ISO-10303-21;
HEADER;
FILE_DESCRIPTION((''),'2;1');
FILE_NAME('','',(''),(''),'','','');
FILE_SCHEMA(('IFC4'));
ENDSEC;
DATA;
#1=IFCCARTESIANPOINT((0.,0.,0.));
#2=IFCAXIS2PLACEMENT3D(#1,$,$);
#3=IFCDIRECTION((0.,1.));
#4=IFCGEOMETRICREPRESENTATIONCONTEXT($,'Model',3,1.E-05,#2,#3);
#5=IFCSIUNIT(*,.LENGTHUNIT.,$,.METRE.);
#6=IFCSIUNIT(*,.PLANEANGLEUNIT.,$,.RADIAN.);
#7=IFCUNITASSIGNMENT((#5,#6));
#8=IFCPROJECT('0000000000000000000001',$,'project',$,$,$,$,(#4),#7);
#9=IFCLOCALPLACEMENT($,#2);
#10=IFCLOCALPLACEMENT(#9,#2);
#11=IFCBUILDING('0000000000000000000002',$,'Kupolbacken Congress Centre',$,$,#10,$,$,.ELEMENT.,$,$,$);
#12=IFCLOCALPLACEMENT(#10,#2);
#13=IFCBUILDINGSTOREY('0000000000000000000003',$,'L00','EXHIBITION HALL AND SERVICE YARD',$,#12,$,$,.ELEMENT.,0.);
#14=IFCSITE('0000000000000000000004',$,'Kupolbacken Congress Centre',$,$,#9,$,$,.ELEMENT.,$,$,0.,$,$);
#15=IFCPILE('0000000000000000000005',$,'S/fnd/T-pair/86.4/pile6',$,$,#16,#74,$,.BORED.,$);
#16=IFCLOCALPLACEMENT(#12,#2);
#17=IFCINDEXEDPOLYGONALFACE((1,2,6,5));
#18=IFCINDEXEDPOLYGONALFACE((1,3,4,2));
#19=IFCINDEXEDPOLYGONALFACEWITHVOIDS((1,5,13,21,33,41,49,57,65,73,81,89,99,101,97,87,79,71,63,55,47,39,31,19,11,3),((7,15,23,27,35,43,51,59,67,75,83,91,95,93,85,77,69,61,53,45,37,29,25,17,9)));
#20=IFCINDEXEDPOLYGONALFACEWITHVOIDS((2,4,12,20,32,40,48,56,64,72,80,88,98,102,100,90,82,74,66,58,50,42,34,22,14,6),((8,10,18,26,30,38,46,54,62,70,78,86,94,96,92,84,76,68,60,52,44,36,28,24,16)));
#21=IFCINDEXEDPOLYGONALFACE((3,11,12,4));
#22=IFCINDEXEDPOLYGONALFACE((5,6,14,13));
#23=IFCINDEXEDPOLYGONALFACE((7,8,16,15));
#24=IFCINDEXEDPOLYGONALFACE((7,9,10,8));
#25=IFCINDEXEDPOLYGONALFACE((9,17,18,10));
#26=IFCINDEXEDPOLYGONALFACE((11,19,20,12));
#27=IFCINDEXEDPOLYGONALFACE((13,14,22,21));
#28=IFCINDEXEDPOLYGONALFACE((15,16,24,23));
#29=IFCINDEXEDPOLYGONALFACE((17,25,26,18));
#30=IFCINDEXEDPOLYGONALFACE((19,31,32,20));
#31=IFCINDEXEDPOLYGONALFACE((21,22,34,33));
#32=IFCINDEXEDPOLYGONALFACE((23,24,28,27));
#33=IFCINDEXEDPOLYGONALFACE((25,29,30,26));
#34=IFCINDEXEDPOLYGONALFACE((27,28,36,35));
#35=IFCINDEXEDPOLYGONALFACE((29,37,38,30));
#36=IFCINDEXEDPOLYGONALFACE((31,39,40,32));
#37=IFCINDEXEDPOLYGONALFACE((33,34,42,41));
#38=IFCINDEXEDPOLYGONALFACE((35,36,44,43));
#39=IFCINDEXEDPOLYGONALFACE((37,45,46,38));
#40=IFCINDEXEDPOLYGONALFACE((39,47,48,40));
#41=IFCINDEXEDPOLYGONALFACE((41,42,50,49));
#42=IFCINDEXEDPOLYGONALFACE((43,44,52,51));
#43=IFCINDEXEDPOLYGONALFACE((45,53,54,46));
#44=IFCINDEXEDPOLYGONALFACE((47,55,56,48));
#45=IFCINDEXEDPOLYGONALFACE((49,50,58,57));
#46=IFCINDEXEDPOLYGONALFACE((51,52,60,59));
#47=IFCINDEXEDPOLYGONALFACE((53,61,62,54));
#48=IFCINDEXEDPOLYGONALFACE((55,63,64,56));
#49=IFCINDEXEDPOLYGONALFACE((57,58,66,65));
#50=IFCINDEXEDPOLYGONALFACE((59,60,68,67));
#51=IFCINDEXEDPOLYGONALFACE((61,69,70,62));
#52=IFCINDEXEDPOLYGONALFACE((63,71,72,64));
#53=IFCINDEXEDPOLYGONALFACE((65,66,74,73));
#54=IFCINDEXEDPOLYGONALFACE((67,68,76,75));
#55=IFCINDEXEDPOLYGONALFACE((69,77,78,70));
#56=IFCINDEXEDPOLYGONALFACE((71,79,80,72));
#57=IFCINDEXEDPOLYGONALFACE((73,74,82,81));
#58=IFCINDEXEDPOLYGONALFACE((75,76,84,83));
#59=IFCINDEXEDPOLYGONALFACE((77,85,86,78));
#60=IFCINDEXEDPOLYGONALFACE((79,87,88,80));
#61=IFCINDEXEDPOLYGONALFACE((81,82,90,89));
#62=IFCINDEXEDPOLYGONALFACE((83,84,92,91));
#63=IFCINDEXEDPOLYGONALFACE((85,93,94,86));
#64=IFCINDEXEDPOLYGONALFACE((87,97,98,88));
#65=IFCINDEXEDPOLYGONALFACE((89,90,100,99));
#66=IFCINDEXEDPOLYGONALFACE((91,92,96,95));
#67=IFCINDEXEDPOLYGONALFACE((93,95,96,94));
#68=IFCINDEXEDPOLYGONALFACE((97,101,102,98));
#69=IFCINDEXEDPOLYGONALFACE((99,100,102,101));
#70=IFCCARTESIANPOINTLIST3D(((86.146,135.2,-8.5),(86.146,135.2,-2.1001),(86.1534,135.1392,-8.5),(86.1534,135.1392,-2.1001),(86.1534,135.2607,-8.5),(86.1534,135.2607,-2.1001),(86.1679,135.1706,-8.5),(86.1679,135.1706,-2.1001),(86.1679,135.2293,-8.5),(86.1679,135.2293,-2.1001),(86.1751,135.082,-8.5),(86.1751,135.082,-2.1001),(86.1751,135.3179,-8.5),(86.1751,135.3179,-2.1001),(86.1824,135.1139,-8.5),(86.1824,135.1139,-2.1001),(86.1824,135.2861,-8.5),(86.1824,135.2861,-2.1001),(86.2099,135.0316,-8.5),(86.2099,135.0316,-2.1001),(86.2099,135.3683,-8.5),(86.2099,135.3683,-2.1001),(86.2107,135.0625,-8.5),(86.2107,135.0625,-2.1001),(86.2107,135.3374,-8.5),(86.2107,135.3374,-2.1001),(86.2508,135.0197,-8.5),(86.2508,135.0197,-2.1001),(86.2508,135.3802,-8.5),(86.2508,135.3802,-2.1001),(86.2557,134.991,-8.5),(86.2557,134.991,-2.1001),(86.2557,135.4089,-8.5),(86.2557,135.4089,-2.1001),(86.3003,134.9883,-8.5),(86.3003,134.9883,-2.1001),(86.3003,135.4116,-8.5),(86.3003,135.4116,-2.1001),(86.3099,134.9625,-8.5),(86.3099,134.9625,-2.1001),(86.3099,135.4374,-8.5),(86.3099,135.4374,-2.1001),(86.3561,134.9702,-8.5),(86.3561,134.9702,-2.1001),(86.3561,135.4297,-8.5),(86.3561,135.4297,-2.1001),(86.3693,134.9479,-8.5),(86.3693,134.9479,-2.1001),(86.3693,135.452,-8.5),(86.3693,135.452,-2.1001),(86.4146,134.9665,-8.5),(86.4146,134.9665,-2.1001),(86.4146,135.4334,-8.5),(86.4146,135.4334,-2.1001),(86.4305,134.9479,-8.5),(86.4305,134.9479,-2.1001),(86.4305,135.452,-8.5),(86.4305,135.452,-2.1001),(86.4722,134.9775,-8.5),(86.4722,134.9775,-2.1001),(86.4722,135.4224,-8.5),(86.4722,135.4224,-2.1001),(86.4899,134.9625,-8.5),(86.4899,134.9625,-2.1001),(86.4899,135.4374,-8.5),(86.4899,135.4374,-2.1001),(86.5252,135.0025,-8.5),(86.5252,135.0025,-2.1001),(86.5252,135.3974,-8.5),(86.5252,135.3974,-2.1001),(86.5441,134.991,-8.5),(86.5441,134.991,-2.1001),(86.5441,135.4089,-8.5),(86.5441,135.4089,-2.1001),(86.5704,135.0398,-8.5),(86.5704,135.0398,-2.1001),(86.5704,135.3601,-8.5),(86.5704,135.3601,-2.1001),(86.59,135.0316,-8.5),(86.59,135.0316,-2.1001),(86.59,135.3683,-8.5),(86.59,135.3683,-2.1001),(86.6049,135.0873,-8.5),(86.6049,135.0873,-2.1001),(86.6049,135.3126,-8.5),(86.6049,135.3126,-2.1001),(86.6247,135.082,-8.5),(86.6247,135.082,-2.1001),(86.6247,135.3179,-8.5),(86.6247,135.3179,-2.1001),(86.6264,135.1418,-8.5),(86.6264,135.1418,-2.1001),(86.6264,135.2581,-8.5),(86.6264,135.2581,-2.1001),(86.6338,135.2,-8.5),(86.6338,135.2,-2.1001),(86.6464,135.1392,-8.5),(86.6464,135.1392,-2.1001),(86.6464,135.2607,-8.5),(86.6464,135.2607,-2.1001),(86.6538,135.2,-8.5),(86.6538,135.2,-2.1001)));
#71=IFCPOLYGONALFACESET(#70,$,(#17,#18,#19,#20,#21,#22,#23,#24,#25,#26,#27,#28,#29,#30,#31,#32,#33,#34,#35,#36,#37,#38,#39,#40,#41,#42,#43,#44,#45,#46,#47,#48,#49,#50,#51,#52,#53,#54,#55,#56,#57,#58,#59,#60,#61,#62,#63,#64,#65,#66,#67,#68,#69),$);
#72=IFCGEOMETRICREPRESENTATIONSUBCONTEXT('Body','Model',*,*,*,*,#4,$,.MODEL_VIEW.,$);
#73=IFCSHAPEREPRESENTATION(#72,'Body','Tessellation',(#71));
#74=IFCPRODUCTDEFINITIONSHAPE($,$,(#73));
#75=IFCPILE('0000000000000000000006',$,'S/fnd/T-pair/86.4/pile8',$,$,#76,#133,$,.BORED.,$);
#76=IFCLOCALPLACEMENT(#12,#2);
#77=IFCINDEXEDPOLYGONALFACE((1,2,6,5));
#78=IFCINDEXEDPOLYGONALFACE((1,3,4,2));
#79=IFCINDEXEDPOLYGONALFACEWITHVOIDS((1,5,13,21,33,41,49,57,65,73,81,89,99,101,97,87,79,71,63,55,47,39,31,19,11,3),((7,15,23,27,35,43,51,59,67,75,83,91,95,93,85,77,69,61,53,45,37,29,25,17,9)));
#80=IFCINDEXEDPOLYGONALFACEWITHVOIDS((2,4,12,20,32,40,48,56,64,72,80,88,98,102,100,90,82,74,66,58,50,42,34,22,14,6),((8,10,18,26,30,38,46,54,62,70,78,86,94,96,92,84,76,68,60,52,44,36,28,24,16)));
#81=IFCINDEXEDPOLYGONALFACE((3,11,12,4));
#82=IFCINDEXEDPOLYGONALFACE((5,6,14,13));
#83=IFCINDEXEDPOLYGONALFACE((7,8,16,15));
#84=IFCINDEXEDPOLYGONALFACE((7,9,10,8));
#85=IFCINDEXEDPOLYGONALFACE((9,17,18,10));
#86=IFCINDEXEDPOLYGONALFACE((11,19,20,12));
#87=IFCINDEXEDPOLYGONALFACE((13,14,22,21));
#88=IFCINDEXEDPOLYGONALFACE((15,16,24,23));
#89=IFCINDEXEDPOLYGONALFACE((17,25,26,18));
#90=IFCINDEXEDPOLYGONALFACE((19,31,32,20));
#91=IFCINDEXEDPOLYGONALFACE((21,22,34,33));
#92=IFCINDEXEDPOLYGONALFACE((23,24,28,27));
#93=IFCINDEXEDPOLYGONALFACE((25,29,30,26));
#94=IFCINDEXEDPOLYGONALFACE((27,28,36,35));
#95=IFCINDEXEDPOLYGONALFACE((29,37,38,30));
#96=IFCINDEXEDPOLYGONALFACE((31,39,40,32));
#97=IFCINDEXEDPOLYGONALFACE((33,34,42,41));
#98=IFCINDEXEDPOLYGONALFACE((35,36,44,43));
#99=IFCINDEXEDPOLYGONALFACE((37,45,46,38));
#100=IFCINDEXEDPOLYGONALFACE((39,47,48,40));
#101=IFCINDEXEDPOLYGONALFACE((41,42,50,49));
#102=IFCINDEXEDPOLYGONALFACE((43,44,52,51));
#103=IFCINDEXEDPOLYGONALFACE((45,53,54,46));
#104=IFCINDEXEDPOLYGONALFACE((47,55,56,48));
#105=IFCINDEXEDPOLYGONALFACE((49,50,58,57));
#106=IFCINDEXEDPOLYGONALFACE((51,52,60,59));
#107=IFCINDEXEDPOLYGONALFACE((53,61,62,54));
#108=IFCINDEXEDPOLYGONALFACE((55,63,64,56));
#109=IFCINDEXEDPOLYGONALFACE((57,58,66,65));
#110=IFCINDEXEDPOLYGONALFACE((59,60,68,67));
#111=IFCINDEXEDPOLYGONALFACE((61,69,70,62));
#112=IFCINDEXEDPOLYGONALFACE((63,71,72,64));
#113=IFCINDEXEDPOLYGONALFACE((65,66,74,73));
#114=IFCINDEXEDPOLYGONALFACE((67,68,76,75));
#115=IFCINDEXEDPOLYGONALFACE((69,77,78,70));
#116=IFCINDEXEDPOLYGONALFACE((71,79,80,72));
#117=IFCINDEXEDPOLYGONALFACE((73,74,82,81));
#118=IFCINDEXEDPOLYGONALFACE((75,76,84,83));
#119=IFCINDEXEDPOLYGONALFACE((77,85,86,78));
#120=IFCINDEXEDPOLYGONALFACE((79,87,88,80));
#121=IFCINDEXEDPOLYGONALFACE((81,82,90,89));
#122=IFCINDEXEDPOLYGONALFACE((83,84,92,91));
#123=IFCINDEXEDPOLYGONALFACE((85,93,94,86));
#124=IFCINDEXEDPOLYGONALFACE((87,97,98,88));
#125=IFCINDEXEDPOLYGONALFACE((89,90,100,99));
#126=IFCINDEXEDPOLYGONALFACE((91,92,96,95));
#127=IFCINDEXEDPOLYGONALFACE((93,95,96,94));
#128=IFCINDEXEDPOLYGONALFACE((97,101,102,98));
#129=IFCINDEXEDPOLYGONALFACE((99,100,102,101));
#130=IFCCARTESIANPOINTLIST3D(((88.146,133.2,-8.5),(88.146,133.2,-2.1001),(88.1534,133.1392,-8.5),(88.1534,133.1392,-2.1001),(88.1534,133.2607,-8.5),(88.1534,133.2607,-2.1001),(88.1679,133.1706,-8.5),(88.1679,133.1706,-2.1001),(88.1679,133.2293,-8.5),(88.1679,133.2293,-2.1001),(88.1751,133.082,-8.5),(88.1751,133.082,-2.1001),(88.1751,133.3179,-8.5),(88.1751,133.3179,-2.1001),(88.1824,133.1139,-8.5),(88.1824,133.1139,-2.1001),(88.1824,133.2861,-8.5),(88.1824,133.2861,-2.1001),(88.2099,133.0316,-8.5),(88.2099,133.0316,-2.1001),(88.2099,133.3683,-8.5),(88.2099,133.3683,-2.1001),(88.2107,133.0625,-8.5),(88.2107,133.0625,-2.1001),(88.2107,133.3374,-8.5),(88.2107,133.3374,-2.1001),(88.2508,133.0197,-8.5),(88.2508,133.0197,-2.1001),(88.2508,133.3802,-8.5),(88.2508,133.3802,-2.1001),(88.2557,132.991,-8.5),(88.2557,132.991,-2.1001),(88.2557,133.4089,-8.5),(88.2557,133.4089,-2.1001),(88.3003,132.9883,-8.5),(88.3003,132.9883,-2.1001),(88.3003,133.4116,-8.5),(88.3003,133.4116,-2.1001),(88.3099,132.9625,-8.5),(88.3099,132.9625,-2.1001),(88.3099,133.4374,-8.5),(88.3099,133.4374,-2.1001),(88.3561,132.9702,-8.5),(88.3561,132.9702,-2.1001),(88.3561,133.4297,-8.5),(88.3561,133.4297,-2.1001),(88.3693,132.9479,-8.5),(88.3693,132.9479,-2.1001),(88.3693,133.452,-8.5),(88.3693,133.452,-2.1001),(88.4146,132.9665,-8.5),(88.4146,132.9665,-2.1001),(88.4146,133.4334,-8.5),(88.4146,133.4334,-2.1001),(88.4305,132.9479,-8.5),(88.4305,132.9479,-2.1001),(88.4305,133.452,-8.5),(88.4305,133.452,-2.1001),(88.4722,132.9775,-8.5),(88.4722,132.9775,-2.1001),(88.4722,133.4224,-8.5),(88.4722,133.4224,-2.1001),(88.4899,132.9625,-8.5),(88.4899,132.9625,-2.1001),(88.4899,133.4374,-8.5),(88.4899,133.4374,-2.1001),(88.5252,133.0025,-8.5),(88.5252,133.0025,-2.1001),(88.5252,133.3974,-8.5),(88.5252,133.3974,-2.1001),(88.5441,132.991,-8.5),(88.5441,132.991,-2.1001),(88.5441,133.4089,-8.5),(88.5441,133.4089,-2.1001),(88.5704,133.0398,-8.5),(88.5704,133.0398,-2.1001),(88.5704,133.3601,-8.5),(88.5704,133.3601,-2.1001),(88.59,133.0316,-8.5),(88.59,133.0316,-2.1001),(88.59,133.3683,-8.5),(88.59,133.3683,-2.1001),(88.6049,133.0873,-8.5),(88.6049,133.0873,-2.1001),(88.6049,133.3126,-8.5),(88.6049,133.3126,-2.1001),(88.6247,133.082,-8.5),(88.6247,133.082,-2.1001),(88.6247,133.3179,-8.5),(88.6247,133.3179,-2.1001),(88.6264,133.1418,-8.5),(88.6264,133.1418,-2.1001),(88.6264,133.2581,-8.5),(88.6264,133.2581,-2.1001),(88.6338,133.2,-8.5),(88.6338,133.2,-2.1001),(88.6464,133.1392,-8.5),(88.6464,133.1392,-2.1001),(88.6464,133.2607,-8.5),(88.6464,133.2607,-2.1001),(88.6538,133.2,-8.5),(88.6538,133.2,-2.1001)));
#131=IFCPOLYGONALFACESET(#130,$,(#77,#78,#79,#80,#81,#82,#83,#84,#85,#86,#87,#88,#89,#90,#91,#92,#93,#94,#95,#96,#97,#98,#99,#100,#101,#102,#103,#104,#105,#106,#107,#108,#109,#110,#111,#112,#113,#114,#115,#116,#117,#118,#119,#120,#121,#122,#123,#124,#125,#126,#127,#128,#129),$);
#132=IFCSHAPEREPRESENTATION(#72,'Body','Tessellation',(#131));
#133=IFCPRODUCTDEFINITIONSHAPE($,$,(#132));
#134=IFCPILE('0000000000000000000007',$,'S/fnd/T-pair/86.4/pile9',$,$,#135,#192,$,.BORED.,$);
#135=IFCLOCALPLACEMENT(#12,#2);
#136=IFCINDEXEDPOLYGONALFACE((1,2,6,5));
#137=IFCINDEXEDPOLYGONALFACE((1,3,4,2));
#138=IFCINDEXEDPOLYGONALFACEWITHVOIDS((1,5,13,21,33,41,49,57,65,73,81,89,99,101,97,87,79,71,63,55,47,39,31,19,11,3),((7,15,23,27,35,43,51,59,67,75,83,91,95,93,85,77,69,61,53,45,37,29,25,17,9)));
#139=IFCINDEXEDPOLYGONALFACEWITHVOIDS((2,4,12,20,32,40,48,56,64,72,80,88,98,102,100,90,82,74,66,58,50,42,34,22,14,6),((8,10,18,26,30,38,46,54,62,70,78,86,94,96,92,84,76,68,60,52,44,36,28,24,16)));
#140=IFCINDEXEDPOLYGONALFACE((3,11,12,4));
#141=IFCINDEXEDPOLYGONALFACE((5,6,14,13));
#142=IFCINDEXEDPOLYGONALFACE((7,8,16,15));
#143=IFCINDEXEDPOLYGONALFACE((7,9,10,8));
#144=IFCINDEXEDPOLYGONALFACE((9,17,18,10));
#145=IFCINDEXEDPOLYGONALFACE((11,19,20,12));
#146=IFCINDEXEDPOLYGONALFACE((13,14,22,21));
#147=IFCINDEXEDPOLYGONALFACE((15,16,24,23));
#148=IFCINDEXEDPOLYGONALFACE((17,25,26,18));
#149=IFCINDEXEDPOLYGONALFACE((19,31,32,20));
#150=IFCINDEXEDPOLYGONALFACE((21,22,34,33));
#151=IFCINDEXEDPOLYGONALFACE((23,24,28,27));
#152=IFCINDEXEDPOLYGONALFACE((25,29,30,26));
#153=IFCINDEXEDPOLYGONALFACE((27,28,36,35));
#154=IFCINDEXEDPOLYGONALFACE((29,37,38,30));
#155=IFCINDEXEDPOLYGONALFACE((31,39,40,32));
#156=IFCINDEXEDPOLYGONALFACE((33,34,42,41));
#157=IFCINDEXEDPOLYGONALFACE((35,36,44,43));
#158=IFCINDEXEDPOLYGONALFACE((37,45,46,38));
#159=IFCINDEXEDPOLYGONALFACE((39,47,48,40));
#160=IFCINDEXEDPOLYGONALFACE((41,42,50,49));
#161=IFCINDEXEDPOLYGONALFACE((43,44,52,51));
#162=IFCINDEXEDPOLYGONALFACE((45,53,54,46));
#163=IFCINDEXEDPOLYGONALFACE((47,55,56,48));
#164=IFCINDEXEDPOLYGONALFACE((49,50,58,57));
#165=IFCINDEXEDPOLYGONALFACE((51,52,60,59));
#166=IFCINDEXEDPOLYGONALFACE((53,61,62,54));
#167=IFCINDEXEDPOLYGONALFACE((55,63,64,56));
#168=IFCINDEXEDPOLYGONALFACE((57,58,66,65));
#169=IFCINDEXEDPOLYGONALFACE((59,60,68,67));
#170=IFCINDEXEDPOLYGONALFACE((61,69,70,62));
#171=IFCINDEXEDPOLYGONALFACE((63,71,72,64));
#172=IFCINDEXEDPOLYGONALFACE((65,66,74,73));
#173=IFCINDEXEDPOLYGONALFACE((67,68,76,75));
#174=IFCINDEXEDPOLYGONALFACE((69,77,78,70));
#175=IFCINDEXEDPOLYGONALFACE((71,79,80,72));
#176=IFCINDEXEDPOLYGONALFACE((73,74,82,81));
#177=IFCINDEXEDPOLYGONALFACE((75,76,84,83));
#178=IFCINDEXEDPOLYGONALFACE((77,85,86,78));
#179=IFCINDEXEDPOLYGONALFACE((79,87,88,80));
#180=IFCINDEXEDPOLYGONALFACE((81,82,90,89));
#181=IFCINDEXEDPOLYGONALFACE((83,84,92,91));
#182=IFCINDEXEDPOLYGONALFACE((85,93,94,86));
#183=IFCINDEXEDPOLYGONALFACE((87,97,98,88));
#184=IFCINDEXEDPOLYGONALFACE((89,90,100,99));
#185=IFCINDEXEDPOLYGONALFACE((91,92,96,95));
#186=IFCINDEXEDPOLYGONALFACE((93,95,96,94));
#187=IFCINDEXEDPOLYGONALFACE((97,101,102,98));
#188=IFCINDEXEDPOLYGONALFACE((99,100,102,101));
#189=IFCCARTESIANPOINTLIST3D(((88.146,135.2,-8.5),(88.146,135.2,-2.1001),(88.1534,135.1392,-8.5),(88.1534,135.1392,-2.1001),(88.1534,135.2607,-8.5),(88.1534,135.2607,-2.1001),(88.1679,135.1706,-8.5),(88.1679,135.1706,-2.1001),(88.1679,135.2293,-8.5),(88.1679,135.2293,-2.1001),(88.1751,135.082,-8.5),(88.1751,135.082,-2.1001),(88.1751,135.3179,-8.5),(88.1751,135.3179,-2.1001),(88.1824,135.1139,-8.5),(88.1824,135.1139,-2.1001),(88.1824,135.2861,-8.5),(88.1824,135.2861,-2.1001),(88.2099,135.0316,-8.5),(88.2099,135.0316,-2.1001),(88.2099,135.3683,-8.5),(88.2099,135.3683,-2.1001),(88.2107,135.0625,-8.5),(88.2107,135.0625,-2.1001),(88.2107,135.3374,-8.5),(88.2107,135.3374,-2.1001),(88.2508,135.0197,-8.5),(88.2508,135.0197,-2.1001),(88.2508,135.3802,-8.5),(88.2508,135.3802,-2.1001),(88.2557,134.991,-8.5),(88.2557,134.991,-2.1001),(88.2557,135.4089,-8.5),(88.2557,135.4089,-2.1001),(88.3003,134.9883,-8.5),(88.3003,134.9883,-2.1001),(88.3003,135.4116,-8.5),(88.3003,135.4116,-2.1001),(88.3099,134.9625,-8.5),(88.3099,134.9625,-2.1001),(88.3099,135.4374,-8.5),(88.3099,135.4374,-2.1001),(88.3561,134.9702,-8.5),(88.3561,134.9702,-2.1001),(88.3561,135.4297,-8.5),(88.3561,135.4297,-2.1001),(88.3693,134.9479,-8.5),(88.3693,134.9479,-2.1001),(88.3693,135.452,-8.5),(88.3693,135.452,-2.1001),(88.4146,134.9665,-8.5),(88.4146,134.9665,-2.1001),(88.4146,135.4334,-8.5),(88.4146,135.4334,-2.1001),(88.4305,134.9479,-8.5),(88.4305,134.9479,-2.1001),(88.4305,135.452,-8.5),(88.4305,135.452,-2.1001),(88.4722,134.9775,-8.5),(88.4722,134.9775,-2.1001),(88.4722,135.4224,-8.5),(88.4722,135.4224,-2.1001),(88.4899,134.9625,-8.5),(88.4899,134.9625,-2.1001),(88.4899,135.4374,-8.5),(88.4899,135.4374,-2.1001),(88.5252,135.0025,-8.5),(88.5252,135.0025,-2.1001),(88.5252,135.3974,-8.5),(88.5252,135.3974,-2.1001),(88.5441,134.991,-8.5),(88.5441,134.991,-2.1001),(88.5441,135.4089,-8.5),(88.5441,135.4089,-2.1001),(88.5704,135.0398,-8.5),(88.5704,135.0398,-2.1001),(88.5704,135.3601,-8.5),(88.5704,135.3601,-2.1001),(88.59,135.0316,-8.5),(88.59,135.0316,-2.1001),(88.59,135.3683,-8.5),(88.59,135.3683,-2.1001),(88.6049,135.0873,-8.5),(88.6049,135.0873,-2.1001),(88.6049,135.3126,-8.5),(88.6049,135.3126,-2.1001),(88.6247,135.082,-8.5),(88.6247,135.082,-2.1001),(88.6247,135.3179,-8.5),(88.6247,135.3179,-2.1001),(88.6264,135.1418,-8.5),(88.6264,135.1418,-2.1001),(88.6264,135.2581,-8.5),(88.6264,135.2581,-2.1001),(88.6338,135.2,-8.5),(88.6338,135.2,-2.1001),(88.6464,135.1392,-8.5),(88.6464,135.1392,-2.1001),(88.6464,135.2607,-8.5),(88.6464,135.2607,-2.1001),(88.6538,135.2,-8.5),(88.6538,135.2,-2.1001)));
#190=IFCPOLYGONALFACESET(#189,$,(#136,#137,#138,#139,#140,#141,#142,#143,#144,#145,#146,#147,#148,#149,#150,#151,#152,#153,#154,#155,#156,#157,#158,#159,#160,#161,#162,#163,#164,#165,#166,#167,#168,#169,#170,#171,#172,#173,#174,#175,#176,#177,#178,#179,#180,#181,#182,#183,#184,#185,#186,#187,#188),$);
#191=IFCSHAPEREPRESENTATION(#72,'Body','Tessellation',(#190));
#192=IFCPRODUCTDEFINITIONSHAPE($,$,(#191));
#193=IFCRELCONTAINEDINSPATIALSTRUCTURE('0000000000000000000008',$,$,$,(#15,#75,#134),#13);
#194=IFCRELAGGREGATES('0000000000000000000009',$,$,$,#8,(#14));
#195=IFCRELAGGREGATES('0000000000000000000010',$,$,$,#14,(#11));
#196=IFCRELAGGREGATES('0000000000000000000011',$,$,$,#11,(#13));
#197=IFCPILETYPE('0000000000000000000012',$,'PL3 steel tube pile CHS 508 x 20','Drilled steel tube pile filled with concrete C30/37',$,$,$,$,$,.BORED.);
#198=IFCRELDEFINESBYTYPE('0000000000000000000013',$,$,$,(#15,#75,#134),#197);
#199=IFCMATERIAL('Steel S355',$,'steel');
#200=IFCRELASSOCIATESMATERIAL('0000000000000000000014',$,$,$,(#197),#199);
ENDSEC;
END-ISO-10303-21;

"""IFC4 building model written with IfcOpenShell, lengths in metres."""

from ifc_helpers import new_model, si_unit, direction, frame, origin, origin_2d, place, context, subcontext, project, spatial, hollow_circle, extrude, material, material_profile, profile_set, type_object, element, save


model = new_model("IFC4")

# Units and contexts
model_context = context("Model", 3, precision=1e-05, world=origin(), true_north=direction((0.0, 1.0)))
body_context = subcontext(model_context, "Body", "Model", "MODEL_VIEW")
ifc_project = project(units=[si_unit("LENGTHUNIT", "METRE"), si_unit("PLANEANGLEUNIT", "RADIAN")], contexts=[model_context])

# Site, building, storey
site_placement = place(None, origin())
site = spatial("IfcSite", under=ifc_project, at=site_placement, Name="Kupolbacken Congress Centre", CompositionType="ELEMENT", RefElevation=0.0)
building_placement = place(site_placement, origin())
building = spatial("IfcBuilding", under=site, at=building_placement, Name="Kupolbacken Congress Centre", CompositionType="ELEMENT")
storey_placement = place(building_placement, origin())
storey = spatial("IfcBuildingStorey", under=building, at=storey_placement, Name="L00", Description="EXHIBITION HALL AND SERVICE YARD", CompositionType="ELEMENT", Elevation=0.0)

# Piles
ifc_material_1 = material(Name="Steel S355", Category="steel")
ifc_material_profile_1 = material_profile(ifc_material_1, hollow_circle(Radius=0.2539, WallThickness=0.02, at=origin_2d()), Name="CHS 508 x 20")
ifc_profile_set_1 = profile_set([ifc_material_profile_1], Name="Steel S355")
pile_type = type_object("IfcPileType", Name="PL3 steel tube pile CHS 508 x 20", Description="Drilled steel tube pile filled with concrete C30/37", PredefinedType="BORED", material=ifc_profile_set_1)
for number, where, z_axis, x_axis, name in (
    (1, (86.3999, 135.2, -2.1001), (0.0, 0.0, -1.0), (1.0, 0.0, 0.0), "S/fnd/T-pair/86.4/pile6"),
    (2, (88.3999, 133.2, -2.1001), (0.0, 0.0, -1.0), (1.0, 0.0, 0.0), "S/fnd/T-pair/86.4/pile8"),
    (3, (88.3999, 135.2, -2.1001), (0.0, 0.0, -1.0), (1.0, 0.0, 0.0), "S/fnd/T-pair/86.4/pile9"),
):
    element("IfcPile", number, at=place(storey_placement, frame(where, z_axis=z_axis, x_axis=x_axis)), inside=storey, type_object=pile_type, Name=name, PredefinedType="BORED", context=body_context, shape_type="SweptSolid", body=[
        extrude(hollow_circle(Radius=0.2539, WallThickness=0.02, at=origin_2d()), origin(), (0.0, 0.0, 1.0), 6.3999),
    ])

save(model, "model.ifc")
